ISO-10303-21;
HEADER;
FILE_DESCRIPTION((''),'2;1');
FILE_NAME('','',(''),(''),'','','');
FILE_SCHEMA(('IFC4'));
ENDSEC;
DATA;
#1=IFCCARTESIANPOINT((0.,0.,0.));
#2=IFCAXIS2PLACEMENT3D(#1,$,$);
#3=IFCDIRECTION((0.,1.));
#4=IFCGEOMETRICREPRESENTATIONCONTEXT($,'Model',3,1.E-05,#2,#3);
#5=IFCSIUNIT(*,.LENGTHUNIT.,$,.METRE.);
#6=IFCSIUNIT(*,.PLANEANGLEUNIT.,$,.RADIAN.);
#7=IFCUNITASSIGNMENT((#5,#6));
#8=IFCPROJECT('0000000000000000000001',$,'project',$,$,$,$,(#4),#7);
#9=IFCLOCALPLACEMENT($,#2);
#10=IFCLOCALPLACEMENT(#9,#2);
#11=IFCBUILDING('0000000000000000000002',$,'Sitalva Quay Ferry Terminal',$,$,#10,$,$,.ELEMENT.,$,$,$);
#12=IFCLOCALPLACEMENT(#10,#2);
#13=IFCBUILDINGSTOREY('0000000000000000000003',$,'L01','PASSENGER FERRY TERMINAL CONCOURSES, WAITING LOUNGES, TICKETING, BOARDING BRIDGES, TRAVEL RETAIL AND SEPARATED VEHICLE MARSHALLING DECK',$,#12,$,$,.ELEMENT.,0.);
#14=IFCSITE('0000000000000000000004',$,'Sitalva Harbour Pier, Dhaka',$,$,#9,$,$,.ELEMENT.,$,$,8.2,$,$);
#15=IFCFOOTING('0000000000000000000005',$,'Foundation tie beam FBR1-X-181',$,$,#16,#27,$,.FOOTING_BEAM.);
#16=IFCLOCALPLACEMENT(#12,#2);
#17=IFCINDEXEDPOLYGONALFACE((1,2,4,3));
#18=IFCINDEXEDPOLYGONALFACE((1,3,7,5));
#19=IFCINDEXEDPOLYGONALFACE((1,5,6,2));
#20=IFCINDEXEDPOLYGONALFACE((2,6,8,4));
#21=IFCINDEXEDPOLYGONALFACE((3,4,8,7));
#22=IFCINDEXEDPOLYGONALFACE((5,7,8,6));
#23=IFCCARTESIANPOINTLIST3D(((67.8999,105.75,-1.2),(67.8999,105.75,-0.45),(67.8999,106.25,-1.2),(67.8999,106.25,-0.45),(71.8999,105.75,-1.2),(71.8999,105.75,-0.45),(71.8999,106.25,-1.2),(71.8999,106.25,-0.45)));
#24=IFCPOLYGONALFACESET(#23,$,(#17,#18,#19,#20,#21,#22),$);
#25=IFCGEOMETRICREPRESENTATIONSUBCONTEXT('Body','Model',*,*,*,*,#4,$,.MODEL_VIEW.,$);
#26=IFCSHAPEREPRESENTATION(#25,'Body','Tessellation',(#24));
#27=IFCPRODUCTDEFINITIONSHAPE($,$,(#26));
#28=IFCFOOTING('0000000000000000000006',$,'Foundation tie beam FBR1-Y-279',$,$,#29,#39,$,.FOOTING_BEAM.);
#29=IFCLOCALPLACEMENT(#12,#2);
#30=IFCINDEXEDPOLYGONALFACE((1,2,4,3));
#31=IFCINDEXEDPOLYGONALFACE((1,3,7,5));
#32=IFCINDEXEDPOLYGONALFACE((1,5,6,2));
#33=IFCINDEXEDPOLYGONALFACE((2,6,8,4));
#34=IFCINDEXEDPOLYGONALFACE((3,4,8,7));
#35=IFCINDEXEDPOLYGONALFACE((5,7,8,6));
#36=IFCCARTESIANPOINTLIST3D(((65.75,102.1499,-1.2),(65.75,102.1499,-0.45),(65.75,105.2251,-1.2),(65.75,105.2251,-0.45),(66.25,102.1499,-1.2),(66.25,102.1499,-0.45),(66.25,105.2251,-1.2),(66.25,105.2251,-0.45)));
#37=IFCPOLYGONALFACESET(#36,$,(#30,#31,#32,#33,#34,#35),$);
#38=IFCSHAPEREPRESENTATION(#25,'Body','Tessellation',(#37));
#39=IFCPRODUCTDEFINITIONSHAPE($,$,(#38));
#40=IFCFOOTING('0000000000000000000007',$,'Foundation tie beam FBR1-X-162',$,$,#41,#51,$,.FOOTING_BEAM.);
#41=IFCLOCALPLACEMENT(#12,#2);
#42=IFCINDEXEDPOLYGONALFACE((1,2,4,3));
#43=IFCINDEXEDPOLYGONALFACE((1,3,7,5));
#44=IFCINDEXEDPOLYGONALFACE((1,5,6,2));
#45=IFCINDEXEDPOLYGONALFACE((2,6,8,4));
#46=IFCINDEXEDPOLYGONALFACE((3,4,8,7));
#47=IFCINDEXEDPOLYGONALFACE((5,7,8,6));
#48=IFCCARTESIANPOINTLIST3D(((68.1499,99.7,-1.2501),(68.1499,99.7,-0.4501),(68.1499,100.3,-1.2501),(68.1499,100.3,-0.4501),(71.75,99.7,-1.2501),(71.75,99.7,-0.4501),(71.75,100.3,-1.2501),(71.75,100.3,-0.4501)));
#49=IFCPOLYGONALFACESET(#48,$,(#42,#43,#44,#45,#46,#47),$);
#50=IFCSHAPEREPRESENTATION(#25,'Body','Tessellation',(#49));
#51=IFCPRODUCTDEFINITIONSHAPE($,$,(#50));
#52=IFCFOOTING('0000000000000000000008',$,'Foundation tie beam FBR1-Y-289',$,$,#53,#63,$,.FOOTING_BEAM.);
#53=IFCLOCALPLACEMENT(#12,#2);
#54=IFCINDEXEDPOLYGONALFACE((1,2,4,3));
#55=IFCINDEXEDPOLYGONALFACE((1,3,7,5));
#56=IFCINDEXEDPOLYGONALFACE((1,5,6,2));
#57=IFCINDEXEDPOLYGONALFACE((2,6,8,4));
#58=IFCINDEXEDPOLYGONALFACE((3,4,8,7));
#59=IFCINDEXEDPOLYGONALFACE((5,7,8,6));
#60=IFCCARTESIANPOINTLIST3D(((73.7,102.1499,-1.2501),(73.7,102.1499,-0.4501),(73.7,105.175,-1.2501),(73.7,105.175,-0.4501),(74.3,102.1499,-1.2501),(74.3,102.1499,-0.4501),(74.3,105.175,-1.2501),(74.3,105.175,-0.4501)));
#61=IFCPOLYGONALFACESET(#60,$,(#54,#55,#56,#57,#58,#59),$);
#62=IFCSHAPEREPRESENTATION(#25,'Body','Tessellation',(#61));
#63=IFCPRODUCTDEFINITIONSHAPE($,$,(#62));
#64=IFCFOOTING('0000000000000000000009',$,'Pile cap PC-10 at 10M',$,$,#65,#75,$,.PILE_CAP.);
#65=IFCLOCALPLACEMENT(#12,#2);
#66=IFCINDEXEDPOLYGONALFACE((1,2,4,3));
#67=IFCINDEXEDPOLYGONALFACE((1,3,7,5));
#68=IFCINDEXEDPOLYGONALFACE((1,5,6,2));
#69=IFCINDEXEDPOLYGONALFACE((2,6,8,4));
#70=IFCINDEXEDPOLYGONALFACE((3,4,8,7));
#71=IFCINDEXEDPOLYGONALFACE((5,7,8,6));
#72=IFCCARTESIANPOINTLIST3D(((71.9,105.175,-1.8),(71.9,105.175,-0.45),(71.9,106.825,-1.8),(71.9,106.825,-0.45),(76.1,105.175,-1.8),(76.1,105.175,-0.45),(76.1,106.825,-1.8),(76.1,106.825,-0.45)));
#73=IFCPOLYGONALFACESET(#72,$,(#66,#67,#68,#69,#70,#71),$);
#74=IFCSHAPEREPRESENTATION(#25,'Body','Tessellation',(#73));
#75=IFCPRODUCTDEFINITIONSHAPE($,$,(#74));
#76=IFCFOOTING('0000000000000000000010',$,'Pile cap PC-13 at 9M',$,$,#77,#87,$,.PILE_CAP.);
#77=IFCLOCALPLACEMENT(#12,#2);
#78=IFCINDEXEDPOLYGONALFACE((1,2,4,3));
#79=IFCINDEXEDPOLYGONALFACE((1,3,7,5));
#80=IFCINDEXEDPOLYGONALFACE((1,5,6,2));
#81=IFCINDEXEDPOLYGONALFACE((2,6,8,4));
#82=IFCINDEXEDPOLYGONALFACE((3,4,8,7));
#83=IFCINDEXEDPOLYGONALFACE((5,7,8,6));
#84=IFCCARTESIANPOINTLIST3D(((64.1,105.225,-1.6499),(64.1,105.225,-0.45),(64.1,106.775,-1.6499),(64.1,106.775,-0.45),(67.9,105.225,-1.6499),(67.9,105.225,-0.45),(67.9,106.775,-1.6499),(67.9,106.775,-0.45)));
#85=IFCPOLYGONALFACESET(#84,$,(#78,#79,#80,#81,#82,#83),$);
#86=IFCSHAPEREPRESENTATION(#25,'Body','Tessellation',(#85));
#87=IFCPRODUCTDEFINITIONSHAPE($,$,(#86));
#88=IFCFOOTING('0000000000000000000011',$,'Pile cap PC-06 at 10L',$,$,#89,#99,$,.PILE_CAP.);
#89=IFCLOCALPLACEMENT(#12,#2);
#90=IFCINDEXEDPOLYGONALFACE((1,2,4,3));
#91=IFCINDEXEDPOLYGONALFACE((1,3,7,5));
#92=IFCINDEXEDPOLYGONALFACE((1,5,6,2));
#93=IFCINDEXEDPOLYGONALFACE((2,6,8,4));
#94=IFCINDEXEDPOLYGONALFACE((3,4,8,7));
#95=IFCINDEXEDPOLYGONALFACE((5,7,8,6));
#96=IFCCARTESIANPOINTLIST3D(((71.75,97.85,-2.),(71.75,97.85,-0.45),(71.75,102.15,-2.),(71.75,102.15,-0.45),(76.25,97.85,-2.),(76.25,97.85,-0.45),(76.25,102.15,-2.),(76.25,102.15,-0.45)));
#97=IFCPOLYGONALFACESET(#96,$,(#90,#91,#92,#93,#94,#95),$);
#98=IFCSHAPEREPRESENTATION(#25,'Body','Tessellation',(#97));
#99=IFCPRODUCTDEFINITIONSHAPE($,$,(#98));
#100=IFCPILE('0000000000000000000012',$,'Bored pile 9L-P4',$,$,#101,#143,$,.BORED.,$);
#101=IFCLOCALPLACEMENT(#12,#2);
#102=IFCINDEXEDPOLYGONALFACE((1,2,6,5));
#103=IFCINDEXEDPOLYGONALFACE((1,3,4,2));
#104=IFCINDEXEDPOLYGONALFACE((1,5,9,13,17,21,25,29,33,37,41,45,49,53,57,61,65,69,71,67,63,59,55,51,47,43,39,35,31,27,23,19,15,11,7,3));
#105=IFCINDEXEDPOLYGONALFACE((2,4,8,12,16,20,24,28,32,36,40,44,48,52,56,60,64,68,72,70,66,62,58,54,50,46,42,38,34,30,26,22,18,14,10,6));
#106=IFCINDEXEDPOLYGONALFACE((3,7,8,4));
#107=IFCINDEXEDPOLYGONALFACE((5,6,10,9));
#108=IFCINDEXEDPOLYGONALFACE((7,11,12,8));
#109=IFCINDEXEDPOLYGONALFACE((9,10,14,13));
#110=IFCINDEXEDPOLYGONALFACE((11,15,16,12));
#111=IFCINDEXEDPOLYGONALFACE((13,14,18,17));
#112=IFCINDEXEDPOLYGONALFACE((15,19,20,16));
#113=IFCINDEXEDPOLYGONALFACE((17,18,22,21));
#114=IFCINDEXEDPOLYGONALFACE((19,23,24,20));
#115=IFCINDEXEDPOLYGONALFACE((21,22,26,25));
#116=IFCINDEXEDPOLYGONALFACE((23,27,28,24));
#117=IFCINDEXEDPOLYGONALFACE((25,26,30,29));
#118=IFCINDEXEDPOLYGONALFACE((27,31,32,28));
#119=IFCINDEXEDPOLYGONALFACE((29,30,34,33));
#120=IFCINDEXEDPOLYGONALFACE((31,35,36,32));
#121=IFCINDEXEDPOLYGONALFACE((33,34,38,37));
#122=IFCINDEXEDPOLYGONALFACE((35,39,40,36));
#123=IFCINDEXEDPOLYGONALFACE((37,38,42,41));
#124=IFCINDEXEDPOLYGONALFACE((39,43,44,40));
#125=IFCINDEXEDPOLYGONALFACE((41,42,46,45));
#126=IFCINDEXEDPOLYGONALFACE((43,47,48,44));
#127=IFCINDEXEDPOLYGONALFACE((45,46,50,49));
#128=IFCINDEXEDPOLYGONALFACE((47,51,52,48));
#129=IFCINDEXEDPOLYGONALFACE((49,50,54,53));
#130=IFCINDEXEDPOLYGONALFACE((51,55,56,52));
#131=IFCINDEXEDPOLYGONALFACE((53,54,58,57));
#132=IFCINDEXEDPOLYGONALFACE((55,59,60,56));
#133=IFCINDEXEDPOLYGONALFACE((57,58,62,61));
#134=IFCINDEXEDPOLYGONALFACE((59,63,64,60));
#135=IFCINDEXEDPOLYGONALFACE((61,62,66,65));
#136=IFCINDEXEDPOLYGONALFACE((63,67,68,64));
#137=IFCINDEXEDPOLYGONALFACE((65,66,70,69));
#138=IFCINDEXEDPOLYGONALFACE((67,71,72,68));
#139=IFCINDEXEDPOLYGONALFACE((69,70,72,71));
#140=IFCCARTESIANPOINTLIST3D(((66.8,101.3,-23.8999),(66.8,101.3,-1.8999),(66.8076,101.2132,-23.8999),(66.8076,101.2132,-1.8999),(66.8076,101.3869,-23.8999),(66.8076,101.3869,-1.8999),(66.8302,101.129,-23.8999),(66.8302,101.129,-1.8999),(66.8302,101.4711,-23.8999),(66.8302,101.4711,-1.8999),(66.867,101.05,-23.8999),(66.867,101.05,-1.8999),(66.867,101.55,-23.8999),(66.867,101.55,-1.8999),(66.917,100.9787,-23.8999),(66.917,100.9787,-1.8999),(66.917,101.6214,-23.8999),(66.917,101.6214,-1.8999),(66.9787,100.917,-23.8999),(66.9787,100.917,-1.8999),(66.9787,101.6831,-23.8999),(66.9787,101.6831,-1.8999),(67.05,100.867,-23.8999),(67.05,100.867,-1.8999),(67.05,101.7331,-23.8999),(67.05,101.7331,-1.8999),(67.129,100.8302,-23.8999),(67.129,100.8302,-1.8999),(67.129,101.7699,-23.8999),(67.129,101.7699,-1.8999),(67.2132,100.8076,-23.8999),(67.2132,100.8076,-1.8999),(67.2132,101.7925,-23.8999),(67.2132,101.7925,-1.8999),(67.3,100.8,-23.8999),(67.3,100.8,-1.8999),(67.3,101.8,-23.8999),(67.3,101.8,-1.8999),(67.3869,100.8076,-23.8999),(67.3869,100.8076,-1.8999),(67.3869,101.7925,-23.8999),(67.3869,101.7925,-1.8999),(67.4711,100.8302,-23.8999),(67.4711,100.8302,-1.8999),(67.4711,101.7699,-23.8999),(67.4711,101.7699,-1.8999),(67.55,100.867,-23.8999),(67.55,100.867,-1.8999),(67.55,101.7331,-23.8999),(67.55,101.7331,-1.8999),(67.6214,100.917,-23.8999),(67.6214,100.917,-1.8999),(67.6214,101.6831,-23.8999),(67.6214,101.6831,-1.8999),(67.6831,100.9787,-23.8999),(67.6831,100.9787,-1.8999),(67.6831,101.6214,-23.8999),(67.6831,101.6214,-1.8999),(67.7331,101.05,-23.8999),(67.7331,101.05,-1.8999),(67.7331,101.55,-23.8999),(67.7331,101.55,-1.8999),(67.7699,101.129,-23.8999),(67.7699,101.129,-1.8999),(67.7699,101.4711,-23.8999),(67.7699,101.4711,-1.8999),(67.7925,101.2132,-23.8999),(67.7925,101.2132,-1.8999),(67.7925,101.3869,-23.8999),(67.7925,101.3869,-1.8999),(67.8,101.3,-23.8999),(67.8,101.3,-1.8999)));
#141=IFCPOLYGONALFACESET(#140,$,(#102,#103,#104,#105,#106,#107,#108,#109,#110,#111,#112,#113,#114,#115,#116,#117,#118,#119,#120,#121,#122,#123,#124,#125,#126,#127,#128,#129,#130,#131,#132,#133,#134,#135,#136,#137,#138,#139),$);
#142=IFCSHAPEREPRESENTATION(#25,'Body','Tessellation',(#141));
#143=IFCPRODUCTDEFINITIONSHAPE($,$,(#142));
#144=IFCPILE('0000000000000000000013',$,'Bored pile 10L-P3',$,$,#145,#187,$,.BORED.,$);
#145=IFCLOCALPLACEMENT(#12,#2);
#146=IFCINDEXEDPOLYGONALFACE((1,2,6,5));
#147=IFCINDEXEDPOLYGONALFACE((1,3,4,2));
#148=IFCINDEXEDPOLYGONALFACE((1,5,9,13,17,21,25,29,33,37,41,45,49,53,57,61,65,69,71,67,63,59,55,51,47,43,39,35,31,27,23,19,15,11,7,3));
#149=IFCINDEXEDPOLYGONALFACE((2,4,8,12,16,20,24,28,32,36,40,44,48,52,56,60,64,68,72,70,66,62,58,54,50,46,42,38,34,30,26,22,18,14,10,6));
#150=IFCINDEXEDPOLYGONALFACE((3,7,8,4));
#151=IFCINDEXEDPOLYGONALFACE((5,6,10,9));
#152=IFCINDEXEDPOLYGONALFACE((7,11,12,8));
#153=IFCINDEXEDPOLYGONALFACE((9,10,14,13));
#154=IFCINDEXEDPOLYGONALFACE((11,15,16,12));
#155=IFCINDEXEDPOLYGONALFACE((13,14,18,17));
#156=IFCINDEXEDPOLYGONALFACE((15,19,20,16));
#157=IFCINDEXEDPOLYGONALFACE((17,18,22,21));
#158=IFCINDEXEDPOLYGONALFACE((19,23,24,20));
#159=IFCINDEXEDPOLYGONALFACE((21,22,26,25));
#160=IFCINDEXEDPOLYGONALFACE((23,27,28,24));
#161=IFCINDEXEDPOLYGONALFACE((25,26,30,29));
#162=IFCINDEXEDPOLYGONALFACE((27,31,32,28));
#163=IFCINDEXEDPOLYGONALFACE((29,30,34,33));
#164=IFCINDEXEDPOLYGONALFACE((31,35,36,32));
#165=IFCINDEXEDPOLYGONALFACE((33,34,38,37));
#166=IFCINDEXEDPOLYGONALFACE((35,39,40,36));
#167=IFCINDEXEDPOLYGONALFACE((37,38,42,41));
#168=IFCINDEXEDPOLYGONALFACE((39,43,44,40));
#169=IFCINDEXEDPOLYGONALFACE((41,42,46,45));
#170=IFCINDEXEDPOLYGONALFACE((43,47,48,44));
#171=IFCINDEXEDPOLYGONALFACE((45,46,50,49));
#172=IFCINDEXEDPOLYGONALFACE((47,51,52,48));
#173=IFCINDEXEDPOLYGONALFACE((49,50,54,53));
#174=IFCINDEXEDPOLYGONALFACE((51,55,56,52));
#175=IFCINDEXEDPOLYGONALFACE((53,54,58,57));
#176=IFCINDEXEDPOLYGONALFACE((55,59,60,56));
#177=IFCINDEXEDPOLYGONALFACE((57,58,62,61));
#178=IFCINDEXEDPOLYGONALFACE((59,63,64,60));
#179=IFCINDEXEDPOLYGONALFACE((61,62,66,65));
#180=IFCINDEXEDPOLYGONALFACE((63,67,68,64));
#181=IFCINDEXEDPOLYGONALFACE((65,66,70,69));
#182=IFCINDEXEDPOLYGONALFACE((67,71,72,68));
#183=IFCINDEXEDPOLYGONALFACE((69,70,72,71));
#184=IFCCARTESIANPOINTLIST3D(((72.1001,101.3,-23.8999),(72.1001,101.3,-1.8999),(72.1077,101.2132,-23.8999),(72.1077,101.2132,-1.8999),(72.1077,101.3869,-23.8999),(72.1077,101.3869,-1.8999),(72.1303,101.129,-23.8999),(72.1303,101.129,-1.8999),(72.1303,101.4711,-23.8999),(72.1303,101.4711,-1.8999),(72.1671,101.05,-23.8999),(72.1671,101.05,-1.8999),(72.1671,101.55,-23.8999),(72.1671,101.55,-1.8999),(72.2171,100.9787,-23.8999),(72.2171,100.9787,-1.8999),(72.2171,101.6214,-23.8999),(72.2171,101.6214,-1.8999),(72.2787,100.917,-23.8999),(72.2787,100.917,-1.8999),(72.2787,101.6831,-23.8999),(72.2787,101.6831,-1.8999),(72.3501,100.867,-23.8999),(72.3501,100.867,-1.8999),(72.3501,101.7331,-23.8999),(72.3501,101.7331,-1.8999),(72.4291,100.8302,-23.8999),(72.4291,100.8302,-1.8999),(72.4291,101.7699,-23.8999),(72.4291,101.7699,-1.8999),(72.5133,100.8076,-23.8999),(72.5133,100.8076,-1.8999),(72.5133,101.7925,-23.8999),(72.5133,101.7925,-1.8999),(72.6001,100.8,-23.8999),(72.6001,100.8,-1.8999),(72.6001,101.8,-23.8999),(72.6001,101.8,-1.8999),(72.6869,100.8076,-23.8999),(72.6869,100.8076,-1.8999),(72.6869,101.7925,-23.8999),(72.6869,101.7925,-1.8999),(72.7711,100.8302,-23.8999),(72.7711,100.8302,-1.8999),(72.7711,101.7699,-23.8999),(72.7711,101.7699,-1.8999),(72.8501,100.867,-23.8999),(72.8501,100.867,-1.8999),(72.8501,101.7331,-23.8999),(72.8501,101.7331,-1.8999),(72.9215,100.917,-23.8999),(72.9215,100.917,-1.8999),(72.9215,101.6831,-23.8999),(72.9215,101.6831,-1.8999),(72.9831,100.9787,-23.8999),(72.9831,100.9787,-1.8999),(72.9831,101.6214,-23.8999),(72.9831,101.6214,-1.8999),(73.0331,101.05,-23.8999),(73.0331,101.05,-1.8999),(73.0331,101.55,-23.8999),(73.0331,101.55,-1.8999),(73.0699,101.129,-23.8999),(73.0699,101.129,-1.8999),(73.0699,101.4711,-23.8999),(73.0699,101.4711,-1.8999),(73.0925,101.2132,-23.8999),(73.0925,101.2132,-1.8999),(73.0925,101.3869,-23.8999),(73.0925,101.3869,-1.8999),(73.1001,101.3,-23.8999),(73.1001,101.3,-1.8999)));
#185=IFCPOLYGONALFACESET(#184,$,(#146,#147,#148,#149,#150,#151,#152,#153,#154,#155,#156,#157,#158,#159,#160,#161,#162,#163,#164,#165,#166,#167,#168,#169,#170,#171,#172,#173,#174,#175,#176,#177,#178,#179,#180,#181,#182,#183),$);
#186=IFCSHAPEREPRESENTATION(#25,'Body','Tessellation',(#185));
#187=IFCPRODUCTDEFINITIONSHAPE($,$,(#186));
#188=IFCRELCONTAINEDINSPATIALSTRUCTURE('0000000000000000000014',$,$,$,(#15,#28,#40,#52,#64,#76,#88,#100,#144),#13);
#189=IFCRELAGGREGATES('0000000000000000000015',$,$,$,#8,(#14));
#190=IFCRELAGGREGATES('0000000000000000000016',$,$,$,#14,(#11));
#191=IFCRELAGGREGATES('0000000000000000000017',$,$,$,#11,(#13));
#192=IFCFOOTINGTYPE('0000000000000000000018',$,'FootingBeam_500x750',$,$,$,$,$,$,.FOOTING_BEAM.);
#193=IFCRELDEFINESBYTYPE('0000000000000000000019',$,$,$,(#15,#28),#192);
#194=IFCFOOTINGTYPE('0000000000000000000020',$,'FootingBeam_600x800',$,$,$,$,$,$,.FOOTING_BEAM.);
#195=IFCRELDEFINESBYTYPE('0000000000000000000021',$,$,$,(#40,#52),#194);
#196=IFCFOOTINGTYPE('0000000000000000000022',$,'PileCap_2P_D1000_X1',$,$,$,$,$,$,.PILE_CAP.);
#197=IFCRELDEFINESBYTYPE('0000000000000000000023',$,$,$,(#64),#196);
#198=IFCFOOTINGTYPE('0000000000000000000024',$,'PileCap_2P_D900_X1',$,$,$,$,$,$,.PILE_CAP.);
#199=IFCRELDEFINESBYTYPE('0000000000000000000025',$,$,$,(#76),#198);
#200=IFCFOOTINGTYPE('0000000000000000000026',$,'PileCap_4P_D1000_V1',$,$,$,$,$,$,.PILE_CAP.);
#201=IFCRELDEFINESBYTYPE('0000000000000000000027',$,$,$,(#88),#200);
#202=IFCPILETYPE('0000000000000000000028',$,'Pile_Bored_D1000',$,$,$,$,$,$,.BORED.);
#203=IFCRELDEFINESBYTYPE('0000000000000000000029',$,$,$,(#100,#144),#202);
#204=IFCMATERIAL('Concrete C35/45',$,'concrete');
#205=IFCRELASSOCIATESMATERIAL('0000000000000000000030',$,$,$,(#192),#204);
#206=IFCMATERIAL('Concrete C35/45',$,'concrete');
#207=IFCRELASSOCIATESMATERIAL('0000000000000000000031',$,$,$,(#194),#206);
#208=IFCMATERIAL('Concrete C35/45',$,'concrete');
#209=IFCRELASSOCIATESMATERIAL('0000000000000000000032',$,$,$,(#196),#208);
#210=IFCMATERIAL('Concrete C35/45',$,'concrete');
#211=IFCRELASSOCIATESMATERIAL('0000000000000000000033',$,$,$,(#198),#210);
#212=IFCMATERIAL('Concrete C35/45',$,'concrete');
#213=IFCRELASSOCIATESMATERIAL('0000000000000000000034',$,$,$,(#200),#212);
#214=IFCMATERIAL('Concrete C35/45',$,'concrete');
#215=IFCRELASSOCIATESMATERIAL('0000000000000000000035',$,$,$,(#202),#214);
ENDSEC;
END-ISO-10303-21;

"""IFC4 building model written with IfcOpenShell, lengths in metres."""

from ifc_helpers import new_model, si_unit, direction, frame, origin, origin_2d, place, context, subcontext, project, spatial, rectangle, circle, extrude, material, material_profile, profile_set, type_object, element, save


model = new_model("IFC4")

# Units and contexts
model_context = context("Model", 3, precision=1e-05, world=origin(), true_north=direction((0.0, 1.0)))
body_context = subcontext(model_context, "Body", "Model", "MODEL_VIEW")
ifc_project = project(units=[si_unit("LENGTHUNIT", "METRE"), si_unit("PLANEANGLEUNIT", "RADIAN")], contexts=[model_context])

# Site, building, storey
site_placement = place(None, origin())
site = spatial("IfcSite", under=ifc_project, at=site_placement, Name="Sitalva Harbour Pier, Dhaka", CompositionType="ELEMENT", RefElevation=8.2)
building_placement = place(site_placement, origin())
building = spatial("IfcBuilding", under=site, at=building_placement, Name="Sitalva Quay Ferry Terminal", CompositionType="ELEMENT")
storey_placement = place(building_placement, origin())
storey = spatial("IfcBuildingStorey", under=building, at=storey_placement, Name="L01", Description="PASSENGER FERRY TERMINAL CONCOURSES, WAITING LOUNGES, TICKETING, BOARDING BRIDGES, TRAVEL RETAIL AND SEPARATED VEHICLE MARSHALLING DECK", CompositionType="ELEMENT", Elevation=0.0)

# Footings
ifc_material_1 = material(Name="Concrete C35/45", Category="concrete")
ifc_material_profile_1 = material_profile(ifc_material_1, rectangle(XDim=0.5, YDim=0.75, at=origin_2d()), Name="RC500x750")
ifc_profile_set_1 = profile_set([ifc_material_profile_1], Name="Concrete C35/45")
footing_type_1 = type_object("IfcFootingType", Name="FootingBeam_500x750", PredefinedType="FOOTING_BEAM", material=ifc_profile_set_1)
footing_1_placement = place(storey_placement, frame((67.8999, 106.0, -0.825), z_axis=(1.0, 0.0, 0.0), x_axis=(0.0, 1.0, 0.0)))
element("IfcFooting", 1, at=footing_1_placement, inside=storey, type_object=footing_type_1, Name="Foundation tie beam FBR1-X-181", PredefinedType="FOOTING_BEAM", context=body_context, shape_type="SweptSolid", body=[
    extrude(rectangle(XDim=0.5, YDim=0.75, at=origin_2d()), origin(), (0.0, 0.0, 1.0), 4.0),
])
footing_2_placement = place(storey_placement, frame((66.0, 102.1499, -0.825), z_axis=(0.0, 1.0, 0.0), x_axis=(-1.0, 0.0, 0.0)))
element("IfcFooting", 2, at=footing_2_placement, inside=storey, type_object=footing_type_1, Name="Foundation tie beam FBR1-Y-279", PredefinedType="FOOTING_BEAM", context=body_context, shape_type="SweptSolid", body=[
    extrude(rectangle(XDim=0.5, YDim=0.75, at=origin_2d()), origin(), (0.0, 0.0, 1.0), 3.0752),
])
ifc_material_2 = material(Name="Concrete C35/45", Category="concrete")
ifc_material_profile_2 = material_profile(ifc_material_2, rectangle(XDim=0.6001, YDim=0.8, at=origin_2d()), Name="RC600x800")
ifc_profile_set_2 = profile_set([ifc_material_profile_2], Name="Concrete C35/45")
footing_type_2 = type_object("IfcFootingType", Name="FootingBeam_600x800", PredefinedType="FOOTING_BEAM", material=ifc_profile_set_2)
footing_3_placement = place(storey_placement, frame((68.1499, 100.0, -0.8501), z_axis=(1.0, 0.0, 0.0), x_axis=(0.0, 1.0, 0.0)))
element("IfcFooting", 3, at=footing_3_placement, inside=storey, type_object=footing_type_2, Name="Foundation tie beam FBR1-X-162", PredefinedType="FOOTING_BEAM", context=body_context, shape_type="SweptSolid", body=[
    extrude(rectangle(XDim=0.6001, YDim=0.8, at=origin_2d()), origin(), (0.0, 0.0, 1.0), 3.6001),
])
footing_4_placement = place(storey_placement, frame((74.0, 102.1499, -0.8501), z_axis=(0.0, 1.0, 0.0), x_axis=(-1.0, 0.0, 0.0)))
element("IfcFooting", 4, at=footing_4_placement, inside=storey, type_object=footing_type_2, Name="Foundation tie beam FBR1-Y-289", PredefinedType="FOOTING_BEAM", context=body_context, shape_type="SweptSolid", body=[
    extrude(rectangle(XDim=0.6001, YDim=0.8, at=origin_2d()), origin(), (0.0, 0.0, 1.0), 3.0251),
])
ifc_material_3 = material(Name="Concrete C35/45", Category="concrete")
footing_type_3 = type_object("IfcFootingType", Name="PileCap_2P_D1000_X1", PredefinedType="PILE_CAP", material=ifc_material_3)
footing_5_placement = place(storey_placement, frame((74.0, 106.0, -1.8), z_axis=(0.0, 0.0, 1.0), x_axis=(1.0, 0.0, 0.0)))
element("IfcFooting", 5, at=footing_5_placement, inside=storey, type_object=footing_type_3, Name="Pile cap PC-10 at 10M", PredefinedType="PILE_CAP", context=body_context, shape_type="SweptSolid", body=[
    extrude(rectangle(XDim=4.2, YDim=1.6499, at=origin_2d()), origin(), (0.0, 0.0, 1.0), 1.3501),
])
ifc_material_4 = material(Name="Concrete C35/45", Category="concrete")
footing_type_4 = type_object("IfcFootingType", Name="PileCap_2P_D900_X1", PredefinedType="PILE_CAP", material=ifc_material_4)
footing_6_placement = place(storey_placement, frame((66.0, 106.0, -1.6499), z_axis=(0.0, 0.0, 1.0), x_axis=(1.0, 0.0, 0.0)))
element("IfcFooting", 6, at=footing_6_placement, inside=storey, type_object=footing_type_4, Name="Pile cap PC-13 at 9M", PredefinedType="PILE_CAP", context=body_context, shape_type="SweptSolid", body=[
    extrude(rectangle(XDim=3.8, YDim=1.55, at=origin_2d()), origin(), (0.0, 0.0, 1.0), 1.2),
])
ifc_material_5 = material(Name="Concrete C35/45", Category="concrete")
footing_type_5 = type_object("IfcFootingType", Name="PileCap_4P_D1000_V1", PredefinedType="PILE_CAP", material=ifc_material_5)
footing_7_placement = place(storey_placement, frame((74.0, 100.0, -2.0), z_axis=(0.0, 0.0, 1.0), x_axis=(1.0, 0.0, 0.0)))
element("IfcFooting", 7, at=footing_7_placement, inside=storey, type_object=footing_type_5, Name="Pile cap PC-06 at 10L", PredefinedType="PILE_CAP", context=body_context, shape_type="SweptSolid", body=[
    extrude(rectangle(XDim=4.5, YDim=4.3, at=origin_2d()), origin(), (0.0, 0.0, 1.0), 1.55),
])

# Piles
ifc_material_6 = material(Name="Concrete C35/45", Category="concrete")
ifc_material_profile_3 = material_profile(ifc_material_6, circle(Radius=0.5, at=origin_2d()), Name="PILE-D1000")
ifc_profile_set_3 = profile_set([ifc_material_profile_3], Name="Concrete C35/45")
pile_type_1 = type_object("IfcPileType", Name="Pile_Bored_D1000", PredefinedType="BORED", material=ifc_profile_set_3)
for number, where, z_axis, x_axis, name in (
    (8, (67.3, 101.3, -1.8999), (0.0, 0.0, -1.0), (1.0, 0.0, 0.0), "Bored pile 9L-P4"),
    (9, (72.6001, 101.3, -1.8999), (0.0, 0.0, -1.0), (1.0, 0.0, 0.0), "Bored pile 10L-P3"),
):
    element("IfcPile", number, at=place(storey_placement, frame(where, z_axis=z_axis, x_axis=x_axis)), inside=storey, type_object=pile_type_1, Name=name, PredefinedType="BORED", context=body_context, shape_type="SweptSolid", body=[
        extrude(circle(Radius=0.5, at=origin_2d()), origin(), (0.0, 0.0, 1.0), 22.0),
    ])

save(model, "model.ifc")
